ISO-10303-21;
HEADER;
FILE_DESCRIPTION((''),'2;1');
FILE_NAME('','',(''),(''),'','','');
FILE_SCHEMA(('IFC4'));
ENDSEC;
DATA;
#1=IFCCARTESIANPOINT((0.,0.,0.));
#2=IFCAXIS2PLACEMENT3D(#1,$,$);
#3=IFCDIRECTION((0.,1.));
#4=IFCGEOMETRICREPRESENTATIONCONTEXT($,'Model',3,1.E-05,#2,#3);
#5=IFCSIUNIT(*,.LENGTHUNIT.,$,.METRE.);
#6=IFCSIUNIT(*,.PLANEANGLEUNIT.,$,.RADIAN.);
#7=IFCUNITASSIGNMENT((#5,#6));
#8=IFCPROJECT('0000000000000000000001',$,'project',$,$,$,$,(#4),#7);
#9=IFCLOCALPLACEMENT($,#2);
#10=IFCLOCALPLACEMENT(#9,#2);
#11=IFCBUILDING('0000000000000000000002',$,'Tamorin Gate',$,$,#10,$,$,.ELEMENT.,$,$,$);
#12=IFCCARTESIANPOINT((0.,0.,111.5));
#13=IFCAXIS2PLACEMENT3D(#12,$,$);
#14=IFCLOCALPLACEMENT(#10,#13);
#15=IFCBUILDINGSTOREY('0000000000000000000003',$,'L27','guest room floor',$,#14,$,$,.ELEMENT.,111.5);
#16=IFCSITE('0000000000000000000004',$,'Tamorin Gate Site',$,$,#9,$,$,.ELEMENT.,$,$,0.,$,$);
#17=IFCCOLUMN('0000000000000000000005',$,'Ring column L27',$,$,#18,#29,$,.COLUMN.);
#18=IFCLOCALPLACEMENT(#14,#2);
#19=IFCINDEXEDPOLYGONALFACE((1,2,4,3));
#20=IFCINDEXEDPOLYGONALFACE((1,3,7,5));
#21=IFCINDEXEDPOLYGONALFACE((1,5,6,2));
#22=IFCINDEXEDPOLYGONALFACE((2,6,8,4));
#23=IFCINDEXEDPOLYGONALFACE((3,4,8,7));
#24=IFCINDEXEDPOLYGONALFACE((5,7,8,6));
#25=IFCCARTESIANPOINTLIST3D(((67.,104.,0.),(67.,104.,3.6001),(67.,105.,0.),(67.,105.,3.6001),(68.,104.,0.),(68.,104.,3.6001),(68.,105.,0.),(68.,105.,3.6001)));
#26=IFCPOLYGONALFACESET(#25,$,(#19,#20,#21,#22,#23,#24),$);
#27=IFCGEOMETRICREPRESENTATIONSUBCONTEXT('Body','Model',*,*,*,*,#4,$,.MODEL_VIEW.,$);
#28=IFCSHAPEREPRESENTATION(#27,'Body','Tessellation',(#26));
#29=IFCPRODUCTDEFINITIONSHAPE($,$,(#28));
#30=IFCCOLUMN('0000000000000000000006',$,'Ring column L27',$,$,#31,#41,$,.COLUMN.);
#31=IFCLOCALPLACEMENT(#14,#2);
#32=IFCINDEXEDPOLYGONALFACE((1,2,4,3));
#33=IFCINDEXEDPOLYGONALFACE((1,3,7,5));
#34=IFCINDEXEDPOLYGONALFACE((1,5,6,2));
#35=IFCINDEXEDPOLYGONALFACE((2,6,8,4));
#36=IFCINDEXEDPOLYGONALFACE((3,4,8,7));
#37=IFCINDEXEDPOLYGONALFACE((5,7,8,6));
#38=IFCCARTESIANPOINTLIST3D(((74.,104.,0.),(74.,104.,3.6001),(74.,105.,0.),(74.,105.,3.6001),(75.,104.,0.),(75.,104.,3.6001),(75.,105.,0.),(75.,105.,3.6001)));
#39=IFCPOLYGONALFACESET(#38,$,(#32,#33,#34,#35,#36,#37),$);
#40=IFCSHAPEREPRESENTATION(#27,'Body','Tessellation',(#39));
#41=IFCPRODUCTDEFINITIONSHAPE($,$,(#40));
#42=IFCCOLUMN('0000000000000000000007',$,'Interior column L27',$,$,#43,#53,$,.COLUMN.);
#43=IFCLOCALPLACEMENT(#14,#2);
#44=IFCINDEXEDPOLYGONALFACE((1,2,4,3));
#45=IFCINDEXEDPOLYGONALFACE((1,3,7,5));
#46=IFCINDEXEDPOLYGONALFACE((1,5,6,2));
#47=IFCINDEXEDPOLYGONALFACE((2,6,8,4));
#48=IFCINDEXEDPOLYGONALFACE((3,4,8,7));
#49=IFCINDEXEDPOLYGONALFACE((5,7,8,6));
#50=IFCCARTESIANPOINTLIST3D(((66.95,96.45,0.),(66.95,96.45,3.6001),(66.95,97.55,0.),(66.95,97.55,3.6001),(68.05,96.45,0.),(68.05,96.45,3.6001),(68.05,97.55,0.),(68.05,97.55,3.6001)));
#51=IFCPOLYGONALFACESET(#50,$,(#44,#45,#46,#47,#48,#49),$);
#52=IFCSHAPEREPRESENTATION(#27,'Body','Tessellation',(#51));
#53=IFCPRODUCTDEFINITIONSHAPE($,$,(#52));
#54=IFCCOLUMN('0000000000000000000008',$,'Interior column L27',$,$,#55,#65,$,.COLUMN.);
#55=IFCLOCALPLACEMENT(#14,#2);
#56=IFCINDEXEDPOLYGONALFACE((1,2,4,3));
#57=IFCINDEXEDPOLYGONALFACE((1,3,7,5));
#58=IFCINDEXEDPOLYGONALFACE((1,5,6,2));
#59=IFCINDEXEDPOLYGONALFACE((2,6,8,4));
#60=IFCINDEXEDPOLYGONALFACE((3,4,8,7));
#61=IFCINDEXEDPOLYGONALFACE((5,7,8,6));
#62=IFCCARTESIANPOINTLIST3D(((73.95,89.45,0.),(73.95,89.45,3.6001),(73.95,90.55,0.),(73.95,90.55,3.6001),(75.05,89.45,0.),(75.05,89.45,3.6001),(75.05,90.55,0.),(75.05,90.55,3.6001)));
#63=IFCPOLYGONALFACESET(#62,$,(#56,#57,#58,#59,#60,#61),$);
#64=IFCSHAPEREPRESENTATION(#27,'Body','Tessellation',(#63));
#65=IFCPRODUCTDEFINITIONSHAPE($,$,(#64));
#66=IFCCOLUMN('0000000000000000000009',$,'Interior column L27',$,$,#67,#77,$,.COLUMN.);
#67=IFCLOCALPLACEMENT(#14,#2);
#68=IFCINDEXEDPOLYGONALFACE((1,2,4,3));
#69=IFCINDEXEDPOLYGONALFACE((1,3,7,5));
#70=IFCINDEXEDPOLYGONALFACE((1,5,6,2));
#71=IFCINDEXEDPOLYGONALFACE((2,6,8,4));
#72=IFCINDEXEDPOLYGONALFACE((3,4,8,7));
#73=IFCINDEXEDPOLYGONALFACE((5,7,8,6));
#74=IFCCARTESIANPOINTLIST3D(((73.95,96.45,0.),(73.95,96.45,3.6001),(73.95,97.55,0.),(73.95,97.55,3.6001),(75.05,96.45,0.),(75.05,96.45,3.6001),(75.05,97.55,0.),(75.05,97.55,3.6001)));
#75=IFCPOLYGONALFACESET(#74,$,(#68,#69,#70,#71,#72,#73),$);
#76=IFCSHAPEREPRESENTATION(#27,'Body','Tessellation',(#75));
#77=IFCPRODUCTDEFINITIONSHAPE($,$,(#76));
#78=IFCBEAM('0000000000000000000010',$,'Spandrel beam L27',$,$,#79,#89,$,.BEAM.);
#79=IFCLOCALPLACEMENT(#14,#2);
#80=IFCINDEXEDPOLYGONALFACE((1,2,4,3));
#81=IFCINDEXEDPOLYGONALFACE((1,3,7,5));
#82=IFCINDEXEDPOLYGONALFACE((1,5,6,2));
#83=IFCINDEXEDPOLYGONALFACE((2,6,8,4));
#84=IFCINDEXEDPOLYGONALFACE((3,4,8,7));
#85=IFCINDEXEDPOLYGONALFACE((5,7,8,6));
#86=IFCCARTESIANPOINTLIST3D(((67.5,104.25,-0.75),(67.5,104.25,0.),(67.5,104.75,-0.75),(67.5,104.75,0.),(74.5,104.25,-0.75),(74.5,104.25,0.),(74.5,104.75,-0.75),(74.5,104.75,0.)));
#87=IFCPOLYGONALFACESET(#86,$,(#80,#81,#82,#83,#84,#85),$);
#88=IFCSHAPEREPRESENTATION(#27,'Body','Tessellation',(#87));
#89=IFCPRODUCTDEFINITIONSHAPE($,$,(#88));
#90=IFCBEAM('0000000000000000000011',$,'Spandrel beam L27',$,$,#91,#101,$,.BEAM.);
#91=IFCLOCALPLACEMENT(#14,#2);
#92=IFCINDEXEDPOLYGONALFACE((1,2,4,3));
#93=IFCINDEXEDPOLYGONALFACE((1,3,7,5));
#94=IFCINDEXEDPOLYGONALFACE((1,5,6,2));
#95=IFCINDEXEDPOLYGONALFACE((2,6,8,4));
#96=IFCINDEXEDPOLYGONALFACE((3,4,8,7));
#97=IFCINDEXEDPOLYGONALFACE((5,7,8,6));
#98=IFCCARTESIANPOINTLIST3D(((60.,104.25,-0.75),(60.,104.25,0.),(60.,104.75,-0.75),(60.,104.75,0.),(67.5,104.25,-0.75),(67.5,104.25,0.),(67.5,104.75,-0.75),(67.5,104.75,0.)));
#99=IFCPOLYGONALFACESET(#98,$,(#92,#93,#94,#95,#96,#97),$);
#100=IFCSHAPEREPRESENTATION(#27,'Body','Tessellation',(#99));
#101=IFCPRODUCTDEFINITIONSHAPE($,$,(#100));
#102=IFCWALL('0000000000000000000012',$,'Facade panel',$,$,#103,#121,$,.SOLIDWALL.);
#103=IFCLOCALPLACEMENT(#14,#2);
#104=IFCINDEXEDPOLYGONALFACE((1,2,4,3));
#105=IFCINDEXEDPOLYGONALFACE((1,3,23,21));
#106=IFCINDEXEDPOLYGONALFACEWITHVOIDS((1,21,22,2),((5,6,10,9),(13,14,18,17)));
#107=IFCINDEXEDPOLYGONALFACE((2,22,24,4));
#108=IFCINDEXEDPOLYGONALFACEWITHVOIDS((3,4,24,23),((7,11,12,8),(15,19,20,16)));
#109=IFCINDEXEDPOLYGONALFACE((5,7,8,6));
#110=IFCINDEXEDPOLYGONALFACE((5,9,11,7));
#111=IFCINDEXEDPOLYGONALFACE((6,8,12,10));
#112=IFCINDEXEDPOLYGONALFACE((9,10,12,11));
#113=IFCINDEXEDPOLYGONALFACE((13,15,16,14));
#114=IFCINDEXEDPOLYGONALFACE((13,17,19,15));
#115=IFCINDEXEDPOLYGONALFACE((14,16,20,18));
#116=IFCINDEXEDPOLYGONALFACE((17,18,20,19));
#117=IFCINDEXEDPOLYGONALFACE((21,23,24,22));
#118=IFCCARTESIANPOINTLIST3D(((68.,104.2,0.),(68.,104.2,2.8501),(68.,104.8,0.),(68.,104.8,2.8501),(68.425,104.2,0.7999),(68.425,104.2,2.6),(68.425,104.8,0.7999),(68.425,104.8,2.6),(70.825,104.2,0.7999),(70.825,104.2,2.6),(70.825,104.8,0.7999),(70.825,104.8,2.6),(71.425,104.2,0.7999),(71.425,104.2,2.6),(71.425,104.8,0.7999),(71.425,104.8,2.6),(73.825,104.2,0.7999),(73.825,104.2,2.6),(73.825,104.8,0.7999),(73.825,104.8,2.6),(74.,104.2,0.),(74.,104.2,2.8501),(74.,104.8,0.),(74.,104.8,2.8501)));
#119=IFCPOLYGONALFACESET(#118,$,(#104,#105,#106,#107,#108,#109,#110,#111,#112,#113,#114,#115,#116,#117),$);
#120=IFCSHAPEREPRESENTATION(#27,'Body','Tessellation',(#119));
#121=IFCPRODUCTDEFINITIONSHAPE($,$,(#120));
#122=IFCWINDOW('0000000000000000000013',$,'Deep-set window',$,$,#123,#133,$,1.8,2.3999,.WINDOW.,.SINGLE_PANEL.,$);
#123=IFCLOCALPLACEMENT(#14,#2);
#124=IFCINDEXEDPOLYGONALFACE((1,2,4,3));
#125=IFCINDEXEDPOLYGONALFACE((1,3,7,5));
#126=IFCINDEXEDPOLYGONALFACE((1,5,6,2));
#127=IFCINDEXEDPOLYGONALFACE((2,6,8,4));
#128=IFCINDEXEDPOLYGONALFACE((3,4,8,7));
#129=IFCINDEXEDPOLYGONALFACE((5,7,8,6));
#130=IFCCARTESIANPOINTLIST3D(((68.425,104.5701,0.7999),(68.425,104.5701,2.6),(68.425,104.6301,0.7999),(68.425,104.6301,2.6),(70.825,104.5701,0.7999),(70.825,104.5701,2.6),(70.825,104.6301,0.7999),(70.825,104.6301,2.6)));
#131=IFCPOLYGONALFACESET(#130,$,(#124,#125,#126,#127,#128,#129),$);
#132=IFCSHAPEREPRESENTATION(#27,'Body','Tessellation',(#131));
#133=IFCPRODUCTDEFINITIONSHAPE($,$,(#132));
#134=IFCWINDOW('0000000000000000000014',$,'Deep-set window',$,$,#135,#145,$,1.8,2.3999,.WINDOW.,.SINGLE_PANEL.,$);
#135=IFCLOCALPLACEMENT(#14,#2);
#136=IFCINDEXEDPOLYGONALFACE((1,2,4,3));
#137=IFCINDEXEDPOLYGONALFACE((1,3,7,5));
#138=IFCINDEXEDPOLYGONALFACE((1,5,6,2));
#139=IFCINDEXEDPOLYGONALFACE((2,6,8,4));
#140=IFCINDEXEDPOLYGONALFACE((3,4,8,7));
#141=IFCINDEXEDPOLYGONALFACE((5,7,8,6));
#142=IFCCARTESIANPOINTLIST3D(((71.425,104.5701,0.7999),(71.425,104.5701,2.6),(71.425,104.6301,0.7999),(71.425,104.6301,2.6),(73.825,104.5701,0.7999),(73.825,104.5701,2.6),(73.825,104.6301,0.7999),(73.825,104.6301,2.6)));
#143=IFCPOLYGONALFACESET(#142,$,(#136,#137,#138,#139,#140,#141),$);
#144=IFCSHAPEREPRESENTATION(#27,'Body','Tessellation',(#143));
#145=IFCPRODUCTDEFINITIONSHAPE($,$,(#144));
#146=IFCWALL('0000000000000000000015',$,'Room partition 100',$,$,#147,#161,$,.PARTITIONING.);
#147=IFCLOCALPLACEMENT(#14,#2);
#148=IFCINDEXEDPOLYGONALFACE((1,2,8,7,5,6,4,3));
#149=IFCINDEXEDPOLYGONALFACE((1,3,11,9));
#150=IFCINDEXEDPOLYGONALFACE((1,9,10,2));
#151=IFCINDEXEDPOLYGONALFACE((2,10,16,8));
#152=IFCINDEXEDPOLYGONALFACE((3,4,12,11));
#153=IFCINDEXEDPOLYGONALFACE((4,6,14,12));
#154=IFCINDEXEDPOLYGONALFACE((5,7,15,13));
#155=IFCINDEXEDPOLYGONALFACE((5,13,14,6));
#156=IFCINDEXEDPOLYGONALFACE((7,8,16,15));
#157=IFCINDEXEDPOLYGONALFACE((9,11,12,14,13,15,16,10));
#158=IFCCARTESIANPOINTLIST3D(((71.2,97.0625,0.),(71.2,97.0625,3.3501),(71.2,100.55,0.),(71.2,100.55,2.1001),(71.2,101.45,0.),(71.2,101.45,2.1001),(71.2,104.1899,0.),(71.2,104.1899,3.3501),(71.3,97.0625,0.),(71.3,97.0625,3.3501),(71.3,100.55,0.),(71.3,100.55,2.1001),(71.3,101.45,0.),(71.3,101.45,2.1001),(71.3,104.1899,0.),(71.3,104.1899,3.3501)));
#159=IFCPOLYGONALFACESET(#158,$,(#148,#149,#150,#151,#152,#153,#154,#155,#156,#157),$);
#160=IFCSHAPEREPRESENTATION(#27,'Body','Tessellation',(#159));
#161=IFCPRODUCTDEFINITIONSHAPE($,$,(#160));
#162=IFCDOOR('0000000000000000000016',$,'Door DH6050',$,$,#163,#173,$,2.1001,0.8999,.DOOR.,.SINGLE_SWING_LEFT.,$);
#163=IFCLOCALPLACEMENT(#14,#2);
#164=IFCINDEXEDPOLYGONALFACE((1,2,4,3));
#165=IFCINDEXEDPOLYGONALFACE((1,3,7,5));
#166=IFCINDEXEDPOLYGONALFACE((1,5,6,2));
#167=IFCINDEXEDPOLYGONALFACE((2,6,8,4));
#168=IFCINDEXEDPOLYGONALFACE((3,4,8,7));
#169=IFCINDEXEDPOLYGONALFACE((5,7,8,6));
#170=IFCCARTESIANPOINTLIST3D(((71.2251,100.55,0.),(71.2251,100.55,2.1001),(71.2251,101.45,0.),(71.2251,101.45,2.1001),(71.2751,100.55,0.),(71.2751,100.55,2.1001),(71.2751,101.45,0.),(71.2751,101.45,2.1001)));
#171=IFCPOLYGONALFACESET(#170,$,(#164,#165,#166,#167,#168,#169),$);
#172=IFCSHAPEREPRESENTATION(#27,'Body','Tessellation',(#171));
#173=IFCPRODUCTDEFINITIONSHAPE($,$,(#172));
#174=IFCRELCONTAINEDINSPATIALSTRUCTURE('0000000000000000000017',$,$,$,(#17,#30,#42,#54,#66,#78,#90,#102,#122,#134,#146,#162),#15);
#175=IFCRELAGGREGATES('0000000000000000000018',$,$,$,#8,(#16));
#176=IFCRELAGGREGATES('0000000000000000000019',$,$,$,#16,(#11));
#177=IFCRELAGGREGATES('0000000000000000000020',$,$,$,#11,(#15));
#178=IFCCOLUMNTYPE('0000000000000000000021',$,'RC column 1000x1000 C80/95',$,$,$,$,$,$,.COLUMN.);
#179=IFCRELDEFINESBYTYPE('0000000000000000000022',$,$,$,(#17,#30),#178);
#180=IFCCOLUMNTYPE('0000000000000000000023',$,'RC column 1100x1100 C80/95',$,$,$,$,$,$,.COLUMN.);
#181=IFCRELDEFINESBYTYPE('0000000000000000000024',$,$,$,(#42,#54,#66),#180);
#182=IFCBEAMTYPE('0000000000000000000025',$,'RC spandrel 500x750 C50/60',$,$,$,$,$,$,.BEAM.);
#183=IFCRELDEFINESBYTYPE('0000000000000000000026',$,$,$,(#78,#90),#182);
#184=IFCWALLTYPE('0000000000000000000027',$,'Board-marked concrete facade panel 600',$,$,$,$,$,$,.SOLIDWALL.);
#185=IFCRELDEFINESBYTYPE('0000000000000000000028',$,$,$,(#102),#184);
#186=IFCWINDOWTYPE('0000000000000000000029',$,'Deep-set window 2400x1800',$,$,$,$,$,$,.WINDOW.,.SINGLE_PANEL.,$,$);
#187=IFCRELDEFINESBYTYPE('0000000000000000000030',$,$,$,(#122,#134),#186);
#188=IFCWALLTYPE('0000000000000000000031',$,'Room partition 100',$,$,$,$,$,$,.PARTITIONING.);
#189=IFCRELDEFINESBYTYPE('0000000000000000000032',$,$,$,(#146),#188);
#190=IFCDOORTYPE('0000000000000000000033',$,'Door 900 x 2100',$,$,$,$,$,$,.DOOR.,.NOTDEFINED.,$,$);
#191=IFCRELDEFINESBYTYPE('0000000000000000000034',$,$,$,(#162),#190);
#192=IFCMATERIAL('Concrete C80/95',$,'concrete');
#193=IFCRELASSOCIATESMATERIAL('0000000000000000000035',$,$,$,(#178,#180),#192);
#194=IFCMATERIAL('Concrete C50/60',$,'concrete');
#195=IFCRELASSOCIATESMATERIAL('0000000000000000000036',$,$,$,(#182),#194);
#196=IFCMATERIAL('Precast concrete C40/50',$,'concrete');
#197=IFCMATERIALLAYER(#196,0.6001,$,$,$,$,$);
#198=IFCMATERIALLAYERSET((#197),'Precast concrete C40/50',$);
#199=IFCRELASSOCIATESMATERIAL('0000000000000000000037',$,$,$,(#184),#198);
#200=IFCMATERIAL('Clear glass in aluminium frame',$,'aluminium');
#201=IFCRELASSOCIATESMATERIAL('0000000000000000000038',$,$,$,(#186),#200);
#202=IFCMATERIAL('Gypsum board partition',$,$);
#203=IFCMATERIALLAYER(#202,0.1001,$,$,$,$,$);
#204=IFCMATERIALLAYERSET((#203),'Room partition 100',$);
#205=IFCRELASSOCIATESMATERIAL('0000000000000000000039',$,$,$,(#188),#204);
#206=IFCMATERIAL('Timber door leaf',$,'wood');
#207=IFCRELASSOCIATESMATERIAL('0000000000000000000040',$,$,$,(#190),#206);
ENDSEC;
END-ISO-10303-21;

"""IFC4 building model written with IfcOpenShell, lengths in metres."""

from ifc_helpers import new_model, si_unit, direction, frame, frame_2d, origin, origin_2d, place, context, subcontext, project, spatial, rectangle, extrude, material, layer, layer_set, material_profile, profile_set, type_object, element, fill, save


model = new_model("IFC4")

# Units and contexts
model_context = context("Model", 3, precision=1e-05, world=origin(), true_north=direction((0.0, 1.0)))
body_context = subcontext(model_context, "Body", "Model", "MODEL_VIEW")
ifc_project = project(units=[si_unit("LENGTHUNIT", "METRE"), si_unit("PLANEANGLEUNIT", "RADIAN")], contexts=[model_context])

# Site, building, storey
site_placement = place(None, origin())
site = spatial("IfcSite", under=ifc_project, at=site_placement, Name="Tamorin Gate Site", CompositionType="ELEMENT", RefElevation=0.0)
building_placement = place(site_placement, origin())
building = spatial("IfcBuilding", under=site, at=building_placement, Name="Tamorin Gate", CompositionType="ELEMENT")
storey_placement = place(building_placement, frame((0.0, 0.0, 111.5)))
storey = spatial("IfcBuildingStorey", under=building, at=storey_placement, Name="L27", Description="guest room floor", CompositionType="ELEMENT", Elevation=111.5)

# Columns
ifc_material_1 = material(Name="Concrete C80/95", Category="concrete")
ifc_material_profile_1 = material_profile(ifc_material_1, rectangle(XDim=1.0, YDim=1.0, at=origin_2d()), Name="RC 1000x1000")
ifc_profile_set_1 = profile_set([ifc_material_profile_1], Name="Concrete C80/95")
column_type_1 = type_object("IfcColumnType", Name="RC column 1000x1000 C80/95", PredefinedType="COLUMN", material=ifc_profile_set_1)
for number, where, z_axis, x_axis, name in (
    (1, (67.5, 104.5, 0.0), (0.0, 0.0, 1.0), (1.0, 0.0, 0.0), "Ring column L27"),
    (2, (74.5, 104.5, 0.0), (0.0, 0.0, 1.0), (1.0, 0.0, 0.0), "Ring column L27"),
):
    element("IfcColumn", number, at=place(storey_placement, frame(where, z_axis=z_axis, x_axis=x_axis)), inside=storey, type_object=column_type_1, Name=name, PredefinedType="COLUMN", context=body_context, shape_type="SweptSolid", body=[
        extrude(rectangle(XDim=1.0, YDim=1.0, at=origin_2d()), origin(), (0.0, 0.0, 1.0), 3.6001),
    ])
ifc_material_profile_2 = material_profile(ifc_material_1, rectangle(XDim=1.1001, YDim=1.1001, at=origin_2d()), Name="RC 1100x1100")
ifc_profile_set_2 = profile_set([ifc_material_profile_2], Name="Concrete C80/95")
column_type_2 = type_object("IfcColumnType", Name="RC column 1100x1100 C80/95", PredefinedType="COLUMN", material=ifc_profile_set_2)
for number, where, z_axis, x_axis, name in (
    (3, (67.5, 97.0, 0.0), (0.0, 0.0, 1.0), (1.0, 0.0, 0.0), "Interior column L27"),
    (4, (74.5, 90.0, 0.0), (0.0, 0.0, 1.0), (1.0, 0.0, 0.0), "Interior column L27"),
    (5, (74.5, 97.0, 0.0), (0.0, 0.0, 1.0), (1.0, 0.0, 0.0), "Interior column L27"),
):
    element("IfcColumn", number, at=place(storey_placement, frame(where, z_axis=z_axis, x_axis=x_axis)), inside=storey, type_object=column_type_2, Name=name, PredefinedType="COLUMN", context=body_context, shape_type="SweptSolid", body=[
        extrude(rectangle(XDim=1.1001, YDim=1.1001, at=origin_2d()), origin(), (0.0, 0.0, 1.0), 3.6001),
    ])

# Beams
ifc_material_2 = material(Name="Concrete C50/60", Category="concrete")
ifc_material_profile_3 = material_profile(ifc_material_2, rectangle(XDim=0.5, YDim=0.75, at=origin_2d()), Name="RC 500x750")
ifc_profile_set_3 = profile_set([ifc_material_profile_3], Name="Concrete C50/60")
beam_type = type_object("IfcBeamType", Name="RC spandrel 500x750 C50/60", PredefinedType="BEAM", material=ifc_profile_set_3)
beam_1_placement = place(storey_placement, frame((74.5, 104.5, -0.375), z_axis=(-1.0, 0.0, 0.0), x_axis=(0.0, -1.0, 0.0)))
element("IfcBeam", 6, at=beam_1_placement, inside=storey, type_object=beam_type, Name="Spandrel beam L27", PredefinedType="BEAM", context=body_context, shape_type="SweptSolid", body=[
    extrude(rectangle(XDim=0.5, YDim=0.75, at=origin_2d()), origin(), (0.0, 0.0, 1.0), 7.0),
])
beam_2_placement = place(storey_placement, frame((67.5, 104.5, -0.375), z_axis=(-1.0, 0.0, 0.0), x_axis=(0.0, -1.0, 0.0)))
element("IfcBeam", 7, at=beam_2_placement, inside=storey, type_object=beam_type, Name="Spandrel beam L27", PredefinedType="BEAM", context=body_context, shape_type="SweptSolid", body=[
    extrude(rectangle(XDim=0.5, YDim=0.75, at=origin_2d()), origin(), (0.0, 0.0, 1.0), 7.5),
])

# Wall, openings, windows
ifc_material_3 = material(Name="Precast concrete C40/50", Category="concrete")
ifc_layer_1 = layer(ifc_material_3, 0.6001)
ifc_layer_set_1 = layer_set([ifc_layer_1], Name="Precast concrete C40/50")
wall_type_1 = type_object("IfcWallType", Name="Board-marked concrete facade panel 600", PredefinedType="SOLIDWALL", material=ifc_layer_set_1)
wall_1_placement = place(storey_placement, frame((74.0, 104.5, 0.0), z_axis=(0.0, 0.0, 1.0), x_axis=(-1.0, 0.0, 0.0)))
wall_1 = element("IfcWall", 8, at=wall_1_placement, inside=storey, type_object=wall_type_1, Name="Facade panel", PredefinedType="SOLIDWALL", context=body_context, shape_type="SweptSolid", body=[
    extrude(rectangle(XDim=6.0, YDim=0.6001, at=frame_2d((3.0, 0.0))), origin(), (0.0, 0.0, 1.0), 2.8501),
])
opening_1_placement = place(wall_1_placement, frame((3.175, 0.0, 0.8)))
opening_1 = element("IfcOpeningElement", 9, at=opening_1_placement, cuts=wall_1, PredefinedType="OPENING", context=body_context, shape_type="SweptSolid", body=[
    extrude(rectangle(XDim=2.3999, YDim=1.8, at=frame_2d((1.2, 0.8999))), frame((0.0, 0.3101, 0.0), z_axis=(0.0, -1.0, 0.0), x_axis=(1.0, 0.0, 0.0)), (0.0, 0.0, 1.0), 0.6201),
])
opening_2_placement = place(wall_1_placement, frame((0.175, 0.0, 0.8)))
opening_2 = element("IfcOpeningElement", 10, at=opening_2_placement, cuts=wall_1, PredefinedType="OPENING", context=body_context, shape_type="SweptSolid", body=[
    extrude(rectangle(XDim=2.3999, YDim=1.8, at=frame_2d((1.2, 0.8999))), frame((0.0, 0.3101, 0.0), z_axis=(0.0, -1.0, 0.0), x_axis=(1.0, 0.0, 0.0)), (0.0, 0.0, 1.0), 0.6201),
])
ifc_material_4 = material(Name="Clear glass in aluminium frame", Category="aluminium")
window_type = type_object("IfcWindowType", Name="Deep-set window 2400x1800", PartitioningType="SINGLE_PANEL", PredefinedType="WINDOW", material=ifc_material_4)
window_1_placement = place(opening_1_placement, origin())
window_1 = element("IfcWindow", 11, at=window_1_placement, inside=storey, type_object=window_type, Name="Deep-set window", OverallHeight=1.8, OverallWidth=2.3999, PartitioningType="SINGLE_PANEL", PredefinedType="WINDOW", context=body_context, shape_type="SweptSolid", body=[
    extrude(rectangle(XDim=2.3999, YDim=1.8, at=frame_2d((1.2, 0.8999))), frame((0.0, -0.0701, 0.0), z_axis=(0.0, -1.0, 0.0), x_axis=(1.0, 0.0, 0.0)), (0.0, 0.0, 1.0), 0.0601),
])
fill(opening_1, window_1)
window_2_placement = place(opening_2_placement, origin())
window_2 = element("IfcWindow", 12, at=window_2_placement, inside=storey, type_object=window_type, Name="Deep-set window", OverallHeight=1.8, OverallWidth=2.3999, PartitioningType="SINGLE_PANEL", PredefinedType="WINDOW", context=body_context, shape_type="SweptSolid", body=[
    extrude(rectangle(XDim=2.3999, YDim=1.8, at=frame_2d((1.2, 0.8999))), frame((0.0, -0.0701, 0.0), z_axis=(0.0, -1.0, 0.0), x_axis=(1.0, 0.0, 0.0)), (0.0, 0.0, 1.0), 0.0601),
])
fill(opening_2, window_2)

# Wall, opening, door
ifc_material_5 = material(Name="Gypsum board partition")
ifc_layer_2 = layer(ifc_material_5, 0.1001)
ifc_layer_set_2 = layer_set([ifc_layer_2], Name="Room partition 100")
wall_type_2 = type_object("IfcWallType", Name="Room partition 100", PredefinedType="PARTITIONING", material=ifc_layer_set_2)
wall_2_placement = place(storey_placement, frame((71.25, 97.0625, 0.0), z_axis=(0.0, 0.0, 1.0), x_axis=(0.0, 1.0, 0.0)))
wall_2 = element("IfcWall", 13, at=wall_2_placement, inside=storey, type_object=wall_type_2, Name="Room partition 100", PredefinedType="PARTITIONING", context=body_context, shape_type="SweptSolid", body=[
    extrude(rectangle(XDim=7.1274, YDim=0.1001, at=frame_2d((3.5637, 0.0))), origin(), (0.0, 0.0, 1.0), 3.3501),
])
opening_3_placement = place(wall_2_placement, frame((3.4875, 0.0, 0.0)))
opening_3 = element("IfcOpeningElement", 14, at=opening_3_placement, cuts=wall_2, PredefinedType="OPENING", context=body_context, shape_type="SweptSolid", body=[
    extrude(rectangle(XDim=0.8999, YDim=2.1001, at=frame_2d((0.45, 1.05))), frame((0.0, 0.0601, 0.0), z_axis=(0.0, -1.0, 0.0), x_axis=(1.0, 0.0, 0.0)), (0.0, 0.0, 1.0), 0.1201),
])
ifc_material_6 = material(Name="Timber door leaf", Category="wood")
door_type = type_object("IfcDoorType", Name="Door 900 x 2100", OperationType="NOTDEFINED", PredefinedType="DOOR", material=ifc_material_6)
door_1_placement = place(opening_3_placement, origin())
door_1 = element("IfcDoor", 15, at=door_1_placement, inside=storey, type_object=door_type, Name="Door DH6050", OperationType="SINGLE_SWING_LEFT", OverallHeight=2.1001, OverallWidth=0.8999, PredefinedType="DOOR", context=body_context, shape_type="SweptSolid", body=[
    extrude(rectangle(XDim=0.8999, YDim=2.1001, at=frame_2d((0.45, 1.05))), frame((0.0, 0.0249, 0.0), z_axis=(0.0, -1.0, 0.0), x_axis=(1.0, 0.0, 0.0)), (0.0, 0.0, 1.0), 0.05),
])
fill(opening_3, door_1)

save(model, "model.ifc")
